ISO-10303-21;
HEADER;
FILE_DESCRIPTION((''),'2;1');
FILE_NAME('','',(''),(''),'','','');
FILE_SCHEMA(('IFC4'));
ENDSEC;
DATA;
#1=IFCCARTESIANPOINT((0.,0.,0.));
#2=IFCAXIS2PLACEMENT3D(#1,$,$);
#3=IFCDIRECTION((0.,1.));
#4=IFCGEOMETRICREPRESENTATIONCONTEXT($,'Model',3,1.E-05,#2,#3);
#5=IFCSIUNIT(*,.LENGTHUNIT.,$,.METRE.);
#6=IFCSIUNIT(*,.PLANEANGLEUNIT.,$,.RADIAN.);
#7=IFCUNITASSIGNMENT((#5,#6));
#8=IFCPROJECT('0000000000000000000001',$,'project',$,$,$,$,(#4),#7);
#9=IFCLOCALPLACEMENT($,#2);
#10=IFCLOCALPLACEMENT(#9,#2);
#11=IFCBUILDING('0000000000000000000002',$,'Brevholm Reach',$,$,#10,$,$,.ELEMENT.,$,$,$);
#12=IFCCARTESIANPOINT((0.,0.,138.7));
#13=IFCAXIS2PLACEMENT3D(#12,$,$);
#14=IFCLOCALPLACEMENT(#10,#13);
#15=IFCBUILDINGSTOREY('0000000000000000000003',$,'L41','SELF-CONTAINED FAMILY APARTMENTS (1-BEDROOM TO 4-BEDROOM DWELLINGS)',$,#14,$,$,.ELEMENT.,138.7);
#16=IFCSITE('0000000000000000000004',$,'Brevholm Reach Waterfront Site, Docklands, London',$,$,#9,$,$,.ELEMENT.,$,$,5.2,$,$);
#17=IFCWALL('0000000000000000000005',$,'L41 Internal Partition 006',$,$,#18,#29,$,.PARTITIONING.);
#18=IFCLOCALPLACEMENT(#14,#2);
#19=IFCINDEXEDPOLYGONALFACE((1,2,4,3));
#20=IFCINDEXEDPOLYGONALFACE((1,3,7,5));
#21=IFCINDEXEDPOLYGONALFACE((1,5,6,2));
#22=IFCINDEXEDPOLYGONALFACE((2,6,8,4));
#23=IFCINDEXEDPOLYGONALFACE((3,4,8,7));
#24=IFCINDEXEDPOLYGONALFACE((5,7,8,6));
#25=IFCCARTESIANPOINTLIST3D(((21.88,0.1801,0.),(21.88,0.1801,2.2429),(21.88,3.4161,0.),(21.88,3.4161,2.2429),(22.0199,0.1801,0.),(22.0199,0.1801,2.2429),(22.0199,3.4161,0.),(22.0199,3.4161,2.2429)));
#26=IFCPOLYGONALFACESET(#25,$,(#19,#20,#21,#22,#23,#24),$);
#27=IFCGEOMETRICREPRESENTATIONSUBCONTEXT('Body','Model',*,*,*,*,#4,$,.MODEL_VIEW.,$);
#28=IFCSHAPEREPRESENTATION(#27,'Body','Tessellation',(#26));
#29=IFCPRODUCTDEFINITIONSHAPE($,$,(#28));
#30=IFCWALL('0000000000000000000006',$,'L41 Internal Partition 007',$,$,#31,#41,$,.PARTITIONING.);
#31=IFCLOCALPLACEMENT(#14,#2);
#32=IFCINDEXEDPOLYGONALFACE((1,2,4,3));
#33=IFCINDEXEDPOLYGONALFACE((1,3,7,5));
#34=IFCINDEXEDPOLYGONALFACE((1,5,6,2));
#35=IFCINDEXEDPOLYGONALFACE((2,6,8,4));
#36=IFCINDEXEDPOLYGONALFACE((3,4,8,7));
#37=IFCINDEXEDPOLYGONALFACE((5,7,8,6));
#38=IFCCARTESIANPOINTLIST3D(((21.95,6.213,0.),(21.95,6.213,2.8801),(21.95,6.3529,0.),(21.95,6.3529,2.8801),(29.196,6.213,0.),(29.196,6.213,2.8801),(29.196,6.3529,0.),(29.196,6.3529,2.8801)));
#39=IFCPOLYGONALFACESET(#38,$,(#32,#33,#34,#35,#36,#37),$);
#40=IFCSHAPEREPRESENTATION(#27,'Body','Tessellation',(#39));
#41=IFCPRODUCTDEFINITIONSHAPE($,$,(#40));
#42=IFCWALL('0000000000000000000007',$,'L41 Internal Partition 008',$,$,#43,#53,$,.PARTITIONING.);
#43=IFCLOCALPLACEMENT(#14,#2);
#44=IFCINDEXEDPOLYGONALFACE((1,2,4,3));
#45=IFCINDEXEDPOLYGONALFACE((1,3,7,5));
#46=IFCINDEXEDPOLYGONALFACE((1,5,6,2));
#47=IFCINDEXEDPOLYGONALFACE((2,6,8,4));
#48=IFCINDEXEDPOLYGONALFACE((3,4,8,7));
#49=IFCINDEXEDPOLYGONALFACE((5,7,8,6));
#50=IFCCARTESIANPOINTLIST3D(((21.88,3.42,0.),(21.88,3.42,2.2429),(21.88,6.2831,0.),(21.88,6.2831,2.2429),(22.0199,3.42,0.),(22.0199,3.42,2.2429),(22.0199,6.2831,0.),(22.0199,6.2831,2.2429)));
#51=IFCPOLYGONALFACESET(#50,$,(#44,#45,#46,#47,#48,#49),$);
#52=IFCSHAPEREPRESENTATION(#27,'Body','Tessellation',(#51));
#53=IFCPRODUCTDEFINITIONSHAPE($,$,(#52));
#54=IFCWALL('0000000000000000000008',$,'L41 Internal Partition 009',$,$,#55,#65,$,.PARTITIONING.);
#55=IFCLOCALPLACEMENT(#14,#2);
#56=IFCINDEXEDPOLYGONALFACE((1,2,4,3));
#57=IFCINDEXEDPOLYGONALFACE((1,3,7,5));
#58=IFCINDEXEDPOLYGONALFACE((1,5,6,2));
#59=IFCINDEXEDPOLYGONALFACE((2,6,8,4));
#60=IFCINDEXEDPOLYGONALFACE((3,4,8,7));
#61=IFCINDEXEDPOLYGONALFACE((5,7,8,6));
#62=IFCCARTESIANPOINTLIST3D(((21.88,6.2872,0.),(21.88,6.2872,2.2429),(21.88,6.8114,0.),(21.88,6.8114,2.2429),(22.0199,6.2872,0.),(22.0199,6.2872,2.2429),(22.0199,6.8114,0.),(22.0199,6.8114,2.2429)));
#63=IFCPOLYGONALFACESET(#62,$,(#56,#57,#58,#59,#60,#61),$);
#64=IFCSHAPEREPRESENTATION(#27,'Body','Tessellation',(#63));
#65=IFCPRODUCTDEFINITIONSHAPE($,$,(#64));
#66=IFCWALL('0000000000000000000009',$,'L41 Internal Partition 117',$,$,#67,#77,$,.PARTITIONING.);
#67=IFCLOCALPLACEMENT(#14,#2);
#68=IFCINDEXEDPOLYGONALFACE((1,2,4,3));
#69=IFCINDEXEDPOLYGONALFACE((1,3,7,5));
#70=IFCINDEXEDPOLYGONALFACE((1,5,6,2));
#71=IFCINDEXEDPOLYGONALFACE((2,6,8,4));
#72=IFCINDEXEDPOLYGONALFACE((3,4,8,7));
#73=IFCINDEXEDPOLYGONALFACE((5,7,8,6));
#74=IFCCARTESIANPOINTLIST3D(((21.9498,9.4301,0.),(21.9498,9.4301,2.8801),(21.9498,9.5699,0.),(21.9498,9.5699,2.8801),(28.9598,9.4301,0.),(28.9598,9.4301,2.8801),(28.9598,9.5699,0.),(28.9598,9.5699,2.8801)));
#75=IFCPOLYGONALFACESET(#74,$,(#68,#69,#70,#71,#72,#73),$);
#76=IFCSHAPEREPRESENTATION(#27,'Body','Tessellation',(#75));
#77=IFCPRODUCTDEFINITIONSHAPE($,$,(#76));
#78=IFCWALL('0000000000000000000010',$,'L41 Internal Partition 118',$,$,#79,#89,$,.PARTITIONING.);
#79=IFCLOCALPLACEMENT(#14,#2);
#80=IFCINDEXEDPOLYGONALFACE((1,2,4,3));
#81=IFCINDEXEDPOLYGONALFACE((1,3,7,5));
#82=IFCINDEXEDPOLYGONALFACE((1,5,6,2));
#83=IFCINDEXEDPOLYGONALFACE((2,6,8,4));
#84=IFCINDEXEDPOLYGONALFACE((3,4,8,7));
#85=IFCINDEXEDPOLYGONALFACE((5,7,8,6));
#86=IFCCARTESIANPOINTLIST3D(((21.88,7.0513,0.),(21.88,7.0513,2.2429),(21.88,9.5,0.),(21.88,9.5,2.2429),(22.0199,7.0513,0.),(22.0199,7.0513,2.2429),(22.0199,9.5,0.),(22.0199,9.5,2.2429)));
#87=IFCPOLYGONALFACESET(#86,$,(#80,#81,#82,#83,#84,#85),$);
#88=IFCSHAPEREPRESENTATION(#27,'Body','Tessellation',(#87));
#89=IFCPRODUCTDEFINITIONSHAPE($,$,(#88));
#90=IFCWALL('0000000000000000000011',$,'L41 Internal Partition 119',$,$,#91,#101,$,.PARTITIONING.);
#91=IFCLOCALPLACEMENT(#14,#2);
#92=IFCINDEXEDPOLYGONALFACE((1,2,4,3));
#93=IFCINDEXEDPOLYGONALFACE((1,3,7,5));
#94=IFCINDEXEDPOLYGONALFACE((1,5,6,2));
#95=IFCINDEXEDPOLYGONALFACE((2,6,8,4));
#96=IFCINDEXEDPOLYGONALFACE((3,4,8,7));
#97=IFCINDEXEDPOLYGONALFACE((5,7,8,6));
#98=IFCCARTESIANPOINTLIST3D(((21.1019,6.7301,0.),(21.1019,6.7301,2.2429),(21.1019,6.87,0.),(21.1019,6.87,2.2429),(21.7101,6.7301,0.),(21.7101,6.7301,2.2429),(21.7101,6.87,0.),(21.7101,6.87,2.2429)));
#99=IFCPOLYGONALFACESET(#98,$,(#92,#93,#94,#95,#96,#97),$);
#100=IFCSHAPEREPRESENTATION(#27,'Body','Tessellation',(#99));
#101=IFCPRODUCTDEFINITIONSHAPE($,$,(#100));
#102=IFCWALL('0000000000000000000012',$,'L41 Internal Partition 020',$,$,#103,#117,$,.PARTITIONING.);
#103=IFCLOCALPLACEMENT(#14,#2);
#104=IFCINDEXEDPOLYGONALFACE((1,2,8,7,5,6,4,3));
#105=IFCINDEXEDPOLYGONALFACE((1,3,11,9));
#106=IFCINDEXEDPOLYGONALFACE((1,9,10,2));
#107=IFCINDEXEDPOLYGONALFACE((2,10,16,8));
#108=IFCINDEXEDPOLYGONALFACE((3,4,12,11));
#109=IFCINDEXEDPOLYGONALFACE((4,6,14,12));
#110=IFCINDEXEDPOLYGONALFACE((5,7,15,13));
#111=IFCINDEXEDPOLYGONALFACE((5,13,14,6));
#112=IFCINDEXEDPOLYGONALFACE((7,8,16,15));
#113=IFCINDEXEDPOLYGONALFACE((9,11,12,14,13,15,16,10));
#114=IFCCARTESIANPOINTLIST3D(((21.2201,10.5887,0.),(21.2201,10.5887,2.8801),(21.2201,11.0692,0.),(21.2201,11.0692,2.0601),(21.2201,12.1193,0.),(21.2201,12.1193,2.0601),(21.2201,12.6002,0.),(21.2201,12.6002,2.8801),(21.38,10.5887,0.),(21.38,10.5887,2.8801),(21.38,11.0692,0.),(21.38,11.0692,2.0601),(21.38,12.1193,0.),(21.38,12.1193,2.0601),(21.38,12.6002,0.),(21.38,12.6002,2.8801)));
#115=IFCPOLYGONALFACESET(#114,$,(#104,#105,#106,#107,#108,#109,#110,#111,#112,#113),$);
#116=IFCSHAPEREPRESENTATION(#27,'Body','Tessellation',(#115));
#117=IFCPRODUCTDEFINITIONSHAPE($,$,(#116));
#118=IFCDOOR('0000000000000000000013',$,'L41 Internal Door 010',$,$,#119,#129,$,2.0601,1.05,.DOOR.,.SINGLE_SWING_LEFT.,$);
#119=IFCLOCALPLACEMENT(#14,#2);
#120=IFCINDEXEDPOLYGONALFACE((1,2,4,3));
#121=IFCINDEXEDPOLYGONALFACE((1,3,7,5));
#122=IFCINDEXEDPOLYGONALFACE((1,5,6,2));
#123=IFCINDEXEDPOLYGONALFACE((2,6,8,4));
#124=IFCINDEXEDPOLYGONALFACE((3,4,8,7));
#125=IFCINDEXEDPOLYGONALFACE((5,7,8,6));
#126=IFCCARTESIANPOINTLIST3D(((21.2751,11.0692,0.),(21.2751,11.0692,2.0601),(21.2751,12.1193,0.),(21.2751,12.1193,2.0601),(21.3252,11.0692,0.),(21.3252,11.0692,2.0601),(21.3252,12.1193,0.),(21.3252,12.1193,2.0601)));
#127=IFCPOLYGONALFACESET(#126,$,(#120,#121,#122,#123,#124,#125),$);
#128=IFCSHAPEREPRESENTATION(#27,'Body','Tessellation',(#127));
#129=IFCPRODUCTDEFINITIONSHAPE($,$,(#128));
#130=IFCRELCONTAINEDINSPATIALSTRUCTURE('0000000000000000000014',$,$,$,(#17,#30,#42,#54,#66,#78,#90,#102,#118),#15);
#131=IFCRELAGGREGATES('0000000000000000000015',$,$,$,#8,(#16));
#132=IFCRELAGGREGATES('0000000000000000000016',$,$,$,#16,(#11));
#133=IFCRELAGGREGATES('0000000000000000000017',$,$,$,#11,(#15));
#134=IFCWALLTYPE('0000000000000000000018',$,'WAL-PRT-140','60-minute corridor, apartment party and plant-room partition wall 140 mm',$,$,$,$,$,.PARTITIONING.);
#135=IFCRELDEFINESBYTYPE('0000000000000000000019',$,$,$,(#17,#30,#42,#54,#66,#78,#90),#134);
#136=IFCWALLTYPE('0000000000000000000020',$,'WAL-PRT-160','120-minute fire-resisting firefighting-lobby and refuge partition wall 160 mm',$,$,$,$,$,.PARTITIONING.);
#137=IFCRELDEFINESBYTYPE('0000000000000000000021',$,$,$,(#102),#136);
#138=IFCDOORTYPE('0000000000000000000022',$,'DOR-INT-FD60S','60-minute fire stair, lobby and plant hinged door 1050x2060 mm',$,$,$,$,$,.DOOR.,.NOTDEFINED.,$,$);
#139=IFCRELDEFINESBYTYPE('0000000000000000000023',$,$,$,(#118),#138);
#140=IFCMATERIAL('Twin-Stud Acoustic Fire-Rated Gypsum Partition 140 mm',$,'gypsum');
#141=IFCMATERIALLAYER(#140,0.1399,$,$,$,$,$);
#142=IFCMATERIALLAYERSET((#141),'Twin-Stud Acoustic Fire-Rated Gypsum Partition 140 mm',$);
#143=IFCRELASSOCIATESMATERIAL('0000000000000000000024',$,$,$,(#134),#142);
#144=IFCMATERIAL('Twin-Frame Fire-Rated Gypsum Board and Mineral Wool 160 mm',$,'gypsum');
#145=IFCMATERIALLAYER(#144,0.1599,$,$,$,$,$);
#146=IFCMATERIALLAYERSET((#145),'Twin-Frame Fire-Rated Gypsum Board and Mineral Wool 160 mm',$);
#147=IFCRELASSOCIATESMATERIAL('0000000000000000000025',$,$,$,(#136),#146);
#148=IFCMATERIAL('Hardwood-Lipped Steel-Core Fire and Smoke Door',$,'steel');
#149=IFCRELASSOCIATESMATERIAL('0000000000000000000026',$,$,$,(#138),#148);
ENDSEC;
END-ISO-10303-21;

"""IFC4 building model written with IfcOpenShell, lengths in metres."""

from ifc_helpers import new_model, si_unit, direction, frame, frame_2d, origin, place, context, subcontext, project, spatial, rectangle, extrude, material, layer, layer_set, type_object, element, fill, save


model = new_model("IFC4")

# Units and contexts
model_context = context("Model", 3, precision=1e-05, world=origin(), true_north=direction((0.0, 1.0)))
body_context = subcontext(model_context, "Body", "Model", "MODEL_VIEW")
ifc_project = project(units=[si_unit("LENGTHUNIT", "METRE"), si_unit("PLANEANGLEUNIT", "RADIAN")], contexts=[model_context])

# Site, building, storey
site_placement = place(None, origin())
site = spatial("IfcSite", under=ifc_project, at=site_placement, Name="Brevholm Reach Waterfront Site, Docklands, London", CompositionType="ELEMENT", RefElevation=5.2)
building_placement = place(site_placement, origin())
building = spatial("IfcBuilding", under=site, at=building_placement, Name="Brevholm Reach", CompositionType="ELEMENT")
storey_placement = place(building_placement, frame((0.0, 0.0, 138.7)))
storey = spatial("IfcBuildingStorey", under=building, at=storey_placement, Name="L41", Description="SELF-CONTAINED FAMILY APARTMENTS (1-BEDROOM TO 4-BEDROOM DWELLINGS)", CompositionType="ELEMENT", Elevation=138.7)

# Walls
ifc_material_1 = material(Name="Twin-Stud Acoustic Fire-Rated Gypsum Partition 140 mm", Category="gypsum")
ifc_layer_1 = layer(ifc_material_1, 0.1399)
ifc_layer_set_1 = layer_set([ifc_layer_1], Name="Twin-Stud Acoustic Fire-Rated Gypsum Partition 140 mm")
wall_type_1 = type_object("IfcWallType", Name="WAL-PRT-140", Description="60-minute corridor, apartment party and plant-room partition wall 140 mm", PredefinedType="PARTITIONING", material=ifc_layer_set_1)
wall_1_placement = place(storey_placement, frame((21.95, 0.1799, 0.0), z_axis=(0.0, 0.0, 1.0), x_axis=(0.0, 1.0, 0.0)))
element("IfcWall", 1, at=wall_1_placement, inside=storey, type_object=wall_type_1, Name="L41 Internal Partition 006", PredefinedType="PARTITIONING", context=body_context, shape_type="SweptSolid", body=[
    extrude(rectangle(XDim=3.2361, YDim=0.1399, at=frame_2d((1.6182, 0.0))), origin(), (0.0, 0.0, 1.0), 2.2429),
])
wall_2_placement = place(storey_placement, frame((21.95, 6.283, 0.0), z_axis=(0.0, 0.0, 1.0), x_axis=(1.0, 0.0, 0.0)))
element("IfcWall", 2, at=wall_2_placement, inside=storey, type_object=wall_type_1, Name="L41 Internal Partition 007", PredefinedType="PARTITIONING", context=body_context, shape_type="SweptSolid", body=[
    extrude(rectangle(XDim=7.2461, YDim=0.1399, at=frame_2d((3.623, 0.0))), origin(), (0.0, 0.0, 1.0), 2.8801),
])
wall_3_placement = place(storey_placement, frame((21.95, 3.4199, 0.0), z_axis=(0.0, 0.0, 1.0), x_axis=(0.0, 1.0, 0.0)))
element("IfcWall", 3, at=wall_3_placement, inside=storey, type_object=wall_type_1, Name="L41 Internal Partition 008", PredefinedType="PARTITIONING", context=body_context, shape_type="SweptSolid", body=[
    extrude(rectangle(XDim=2.863, YDim=0.1399, at=frame_2d((1.4316, 0.0))), origin(), (0.0, 0.0, 1.0), 2.2429),
])
wall_4_placement = place(storey_placement, frame((21.95, 6.2871, 0.0), z_axis=(0.0, 0.0, 1.0), x_axis=(0.0, 1.0, 0.0)))
element("IfcWall", 4, at=wall_4_placement, inside=storey, type_object=wall_type_1, Name="L41 Internal Partition 009", PredefinedType="PARTITIONING", context=body_context, shape_type="SweptSolid", body=[
    extrude(rectangle(XDim=0.5242, YDim=0.1399, at=frame_2d((0.2622, 0.0))), origin(), (0.0, 0.0, 1.0), 2.2429),
])
wall_5_placement = place(storey_placement, frame((21.95, 9.5, 0.0), z_axis=(0.0, 0.0, 1.0), x_axis=(1.0, 0.0, 0.0)))
element("IfcWall", 5, at=wall_5_placement, inside=storey, type_object=wall_type_1, Name="L41 Internal Partition 117", PredefinedType="PARTITIONING", context=body_context, shape_type="SweptSolid", body=[
    extrude(rectangle(XDim=7.01, YDim=0.1399, at=frame_2d((3.5049, 0.0))), origin(), (0.0, 0.0, 1.0), 2.8801),
])
wall_6_placement = place(storey_placement, frame((21.95, 7.0513, 0.0), z_axis=(0.0, 0.0, 1.0), x_axis=(0.0, 1.0, 0.0)))
element("IfcWall", 6, at=wall_6_placement, inside=storey, type_object=wall_type_1, Name="L41 Internal Partition 118", PredefinedType="PARTITIONING", context=body_context, shape_type="SweptSolid", body=[
    extrude(rectangle(XDim=2.4487, YDim=0.1399, at=frame_2d((1.2244, 0.0))), origin(), (0.0, 0.0, 1.0), 2.2429),
])
wall_7_placement = place(storey_placement, frame((21.1018, 6.8, 0.0), z_axis=(0.0, 0.0, 1.0), x_axis=(1.0, 0.0, 0.0)))
element("IfcWall", 7, at=wall_7_placement, inside=storey, type_object=wall_type_1, Name="L41 Internal Partition 119", PredefinedType="PARTITIONING", context=body_context, shape_type="SweptSolid", body=[
    extrude(rectangle(XDim=0.6082, YDim=0.1399, at=frame_2d((0.3042, 0.0))), origin(), (0.0, 0.0, 1.0), 2.2429),
])

# Wall, opening, door
ifc_material_2 = material(Name="Twin-Frame Fire-Rated Gypsum Board and Mineral Wool 160 mm", Category="gypsum")
ifc_layer_2 = layer(ifc_material_2, 0.1599)
ifc_layer_set_2 = layer_set([ifc_layer_2], Name="Twin-Frame Fire-Rated Gypsum Board and Mineral Wool 160 mm")
wall_type_2 = type_object("IfcWallType", Name="WAL-PRT-160", Description="120-minute fire-resisting firefighting-lobby and refuge partition wall 160 mm", PredefinedType="PARTITIONING", material=ifc_layer_set_2)
wall_8_placement = place(storey_placement, frame((21.3, 10.5886, 0.0), z_axis=(0.0, 0.0, 1.0), x_axis=(0.0, 1.0, 0.0)))
wall_8 = element("IfcWall", 8, at=wall_8_placement, inside=storey, type_object=wall_type_2, Name="L41 Internal Partition 020", PredefinedType="PARTITIONING", context=body_context, shape_type="SweptSolid", body=[
    extrude(rectangle(XDim=2.0115, YDim=0.1599, at=frame_2d((1.0059, 0.0))), origin(), (0.0, 0.0, 1.0), 2.8801),
])
opening_1_placement = place(wall_8_placement, frame((0.4807, 0.0, 0.0)))
opening_1 = element("IfcOpeningElement", 9, at=opening_1_placement, cuts=wall_8, PredefinedType="OPENING", context=body_context, shape_type="SweptSolid", body=[
    extrude(rectangle(XDim=1.05, YDim=2.0601, at=frame_2d((0.5249, 1.03))), frame((0.0, 0.0898, 0.0), z_axis=(0.0, -1.0, 0.0), x_axis=(1.0, 0.0, 0.0)), (0.0, 0.0, 1.0), 0.1799),
])
ifc_material_3 = material(Name="Hardwood-Lipped Steel-Core Fire and Smoke Door", Category="steel")
door_type_1 = type_object("IfcDoorType", Name="DOR-INT-FD60S", Description="60-minute fire stair, lobby and plant hinged door 1050x2060 mm", OperationType="NOTDEFINED", PredefinedType="DOOR", material=ifc_material_3)
door_1_placement = place(opening_1_placement, origin())
door_1 = element("IfcDoor", 10, at=door_1_placement, inside=storey, type_object=door_type_1, Name="L41 Internal Door 010", OperationType="SINGLE_SWING_LEFT", OverallHeight=2.0601, OverallWidth=1.05, PredefinedType="DOOR", context=body_context, shape_type="SweptSolid", body=[
    extrude(rectangle(XDim=1.05, YDim=2.0601, at=frame_2d((0.5249, 1.03))), frame((0.0, 0.0249, 0.0), z_axis=(0.0, -1.0, 0.0), x_axis=(1.0, 0.0, 0.0)), (0.0, 0.0, 1.0), 0.05),
])
fill(opening_1, door_1)

save(model, "model.ifc")
